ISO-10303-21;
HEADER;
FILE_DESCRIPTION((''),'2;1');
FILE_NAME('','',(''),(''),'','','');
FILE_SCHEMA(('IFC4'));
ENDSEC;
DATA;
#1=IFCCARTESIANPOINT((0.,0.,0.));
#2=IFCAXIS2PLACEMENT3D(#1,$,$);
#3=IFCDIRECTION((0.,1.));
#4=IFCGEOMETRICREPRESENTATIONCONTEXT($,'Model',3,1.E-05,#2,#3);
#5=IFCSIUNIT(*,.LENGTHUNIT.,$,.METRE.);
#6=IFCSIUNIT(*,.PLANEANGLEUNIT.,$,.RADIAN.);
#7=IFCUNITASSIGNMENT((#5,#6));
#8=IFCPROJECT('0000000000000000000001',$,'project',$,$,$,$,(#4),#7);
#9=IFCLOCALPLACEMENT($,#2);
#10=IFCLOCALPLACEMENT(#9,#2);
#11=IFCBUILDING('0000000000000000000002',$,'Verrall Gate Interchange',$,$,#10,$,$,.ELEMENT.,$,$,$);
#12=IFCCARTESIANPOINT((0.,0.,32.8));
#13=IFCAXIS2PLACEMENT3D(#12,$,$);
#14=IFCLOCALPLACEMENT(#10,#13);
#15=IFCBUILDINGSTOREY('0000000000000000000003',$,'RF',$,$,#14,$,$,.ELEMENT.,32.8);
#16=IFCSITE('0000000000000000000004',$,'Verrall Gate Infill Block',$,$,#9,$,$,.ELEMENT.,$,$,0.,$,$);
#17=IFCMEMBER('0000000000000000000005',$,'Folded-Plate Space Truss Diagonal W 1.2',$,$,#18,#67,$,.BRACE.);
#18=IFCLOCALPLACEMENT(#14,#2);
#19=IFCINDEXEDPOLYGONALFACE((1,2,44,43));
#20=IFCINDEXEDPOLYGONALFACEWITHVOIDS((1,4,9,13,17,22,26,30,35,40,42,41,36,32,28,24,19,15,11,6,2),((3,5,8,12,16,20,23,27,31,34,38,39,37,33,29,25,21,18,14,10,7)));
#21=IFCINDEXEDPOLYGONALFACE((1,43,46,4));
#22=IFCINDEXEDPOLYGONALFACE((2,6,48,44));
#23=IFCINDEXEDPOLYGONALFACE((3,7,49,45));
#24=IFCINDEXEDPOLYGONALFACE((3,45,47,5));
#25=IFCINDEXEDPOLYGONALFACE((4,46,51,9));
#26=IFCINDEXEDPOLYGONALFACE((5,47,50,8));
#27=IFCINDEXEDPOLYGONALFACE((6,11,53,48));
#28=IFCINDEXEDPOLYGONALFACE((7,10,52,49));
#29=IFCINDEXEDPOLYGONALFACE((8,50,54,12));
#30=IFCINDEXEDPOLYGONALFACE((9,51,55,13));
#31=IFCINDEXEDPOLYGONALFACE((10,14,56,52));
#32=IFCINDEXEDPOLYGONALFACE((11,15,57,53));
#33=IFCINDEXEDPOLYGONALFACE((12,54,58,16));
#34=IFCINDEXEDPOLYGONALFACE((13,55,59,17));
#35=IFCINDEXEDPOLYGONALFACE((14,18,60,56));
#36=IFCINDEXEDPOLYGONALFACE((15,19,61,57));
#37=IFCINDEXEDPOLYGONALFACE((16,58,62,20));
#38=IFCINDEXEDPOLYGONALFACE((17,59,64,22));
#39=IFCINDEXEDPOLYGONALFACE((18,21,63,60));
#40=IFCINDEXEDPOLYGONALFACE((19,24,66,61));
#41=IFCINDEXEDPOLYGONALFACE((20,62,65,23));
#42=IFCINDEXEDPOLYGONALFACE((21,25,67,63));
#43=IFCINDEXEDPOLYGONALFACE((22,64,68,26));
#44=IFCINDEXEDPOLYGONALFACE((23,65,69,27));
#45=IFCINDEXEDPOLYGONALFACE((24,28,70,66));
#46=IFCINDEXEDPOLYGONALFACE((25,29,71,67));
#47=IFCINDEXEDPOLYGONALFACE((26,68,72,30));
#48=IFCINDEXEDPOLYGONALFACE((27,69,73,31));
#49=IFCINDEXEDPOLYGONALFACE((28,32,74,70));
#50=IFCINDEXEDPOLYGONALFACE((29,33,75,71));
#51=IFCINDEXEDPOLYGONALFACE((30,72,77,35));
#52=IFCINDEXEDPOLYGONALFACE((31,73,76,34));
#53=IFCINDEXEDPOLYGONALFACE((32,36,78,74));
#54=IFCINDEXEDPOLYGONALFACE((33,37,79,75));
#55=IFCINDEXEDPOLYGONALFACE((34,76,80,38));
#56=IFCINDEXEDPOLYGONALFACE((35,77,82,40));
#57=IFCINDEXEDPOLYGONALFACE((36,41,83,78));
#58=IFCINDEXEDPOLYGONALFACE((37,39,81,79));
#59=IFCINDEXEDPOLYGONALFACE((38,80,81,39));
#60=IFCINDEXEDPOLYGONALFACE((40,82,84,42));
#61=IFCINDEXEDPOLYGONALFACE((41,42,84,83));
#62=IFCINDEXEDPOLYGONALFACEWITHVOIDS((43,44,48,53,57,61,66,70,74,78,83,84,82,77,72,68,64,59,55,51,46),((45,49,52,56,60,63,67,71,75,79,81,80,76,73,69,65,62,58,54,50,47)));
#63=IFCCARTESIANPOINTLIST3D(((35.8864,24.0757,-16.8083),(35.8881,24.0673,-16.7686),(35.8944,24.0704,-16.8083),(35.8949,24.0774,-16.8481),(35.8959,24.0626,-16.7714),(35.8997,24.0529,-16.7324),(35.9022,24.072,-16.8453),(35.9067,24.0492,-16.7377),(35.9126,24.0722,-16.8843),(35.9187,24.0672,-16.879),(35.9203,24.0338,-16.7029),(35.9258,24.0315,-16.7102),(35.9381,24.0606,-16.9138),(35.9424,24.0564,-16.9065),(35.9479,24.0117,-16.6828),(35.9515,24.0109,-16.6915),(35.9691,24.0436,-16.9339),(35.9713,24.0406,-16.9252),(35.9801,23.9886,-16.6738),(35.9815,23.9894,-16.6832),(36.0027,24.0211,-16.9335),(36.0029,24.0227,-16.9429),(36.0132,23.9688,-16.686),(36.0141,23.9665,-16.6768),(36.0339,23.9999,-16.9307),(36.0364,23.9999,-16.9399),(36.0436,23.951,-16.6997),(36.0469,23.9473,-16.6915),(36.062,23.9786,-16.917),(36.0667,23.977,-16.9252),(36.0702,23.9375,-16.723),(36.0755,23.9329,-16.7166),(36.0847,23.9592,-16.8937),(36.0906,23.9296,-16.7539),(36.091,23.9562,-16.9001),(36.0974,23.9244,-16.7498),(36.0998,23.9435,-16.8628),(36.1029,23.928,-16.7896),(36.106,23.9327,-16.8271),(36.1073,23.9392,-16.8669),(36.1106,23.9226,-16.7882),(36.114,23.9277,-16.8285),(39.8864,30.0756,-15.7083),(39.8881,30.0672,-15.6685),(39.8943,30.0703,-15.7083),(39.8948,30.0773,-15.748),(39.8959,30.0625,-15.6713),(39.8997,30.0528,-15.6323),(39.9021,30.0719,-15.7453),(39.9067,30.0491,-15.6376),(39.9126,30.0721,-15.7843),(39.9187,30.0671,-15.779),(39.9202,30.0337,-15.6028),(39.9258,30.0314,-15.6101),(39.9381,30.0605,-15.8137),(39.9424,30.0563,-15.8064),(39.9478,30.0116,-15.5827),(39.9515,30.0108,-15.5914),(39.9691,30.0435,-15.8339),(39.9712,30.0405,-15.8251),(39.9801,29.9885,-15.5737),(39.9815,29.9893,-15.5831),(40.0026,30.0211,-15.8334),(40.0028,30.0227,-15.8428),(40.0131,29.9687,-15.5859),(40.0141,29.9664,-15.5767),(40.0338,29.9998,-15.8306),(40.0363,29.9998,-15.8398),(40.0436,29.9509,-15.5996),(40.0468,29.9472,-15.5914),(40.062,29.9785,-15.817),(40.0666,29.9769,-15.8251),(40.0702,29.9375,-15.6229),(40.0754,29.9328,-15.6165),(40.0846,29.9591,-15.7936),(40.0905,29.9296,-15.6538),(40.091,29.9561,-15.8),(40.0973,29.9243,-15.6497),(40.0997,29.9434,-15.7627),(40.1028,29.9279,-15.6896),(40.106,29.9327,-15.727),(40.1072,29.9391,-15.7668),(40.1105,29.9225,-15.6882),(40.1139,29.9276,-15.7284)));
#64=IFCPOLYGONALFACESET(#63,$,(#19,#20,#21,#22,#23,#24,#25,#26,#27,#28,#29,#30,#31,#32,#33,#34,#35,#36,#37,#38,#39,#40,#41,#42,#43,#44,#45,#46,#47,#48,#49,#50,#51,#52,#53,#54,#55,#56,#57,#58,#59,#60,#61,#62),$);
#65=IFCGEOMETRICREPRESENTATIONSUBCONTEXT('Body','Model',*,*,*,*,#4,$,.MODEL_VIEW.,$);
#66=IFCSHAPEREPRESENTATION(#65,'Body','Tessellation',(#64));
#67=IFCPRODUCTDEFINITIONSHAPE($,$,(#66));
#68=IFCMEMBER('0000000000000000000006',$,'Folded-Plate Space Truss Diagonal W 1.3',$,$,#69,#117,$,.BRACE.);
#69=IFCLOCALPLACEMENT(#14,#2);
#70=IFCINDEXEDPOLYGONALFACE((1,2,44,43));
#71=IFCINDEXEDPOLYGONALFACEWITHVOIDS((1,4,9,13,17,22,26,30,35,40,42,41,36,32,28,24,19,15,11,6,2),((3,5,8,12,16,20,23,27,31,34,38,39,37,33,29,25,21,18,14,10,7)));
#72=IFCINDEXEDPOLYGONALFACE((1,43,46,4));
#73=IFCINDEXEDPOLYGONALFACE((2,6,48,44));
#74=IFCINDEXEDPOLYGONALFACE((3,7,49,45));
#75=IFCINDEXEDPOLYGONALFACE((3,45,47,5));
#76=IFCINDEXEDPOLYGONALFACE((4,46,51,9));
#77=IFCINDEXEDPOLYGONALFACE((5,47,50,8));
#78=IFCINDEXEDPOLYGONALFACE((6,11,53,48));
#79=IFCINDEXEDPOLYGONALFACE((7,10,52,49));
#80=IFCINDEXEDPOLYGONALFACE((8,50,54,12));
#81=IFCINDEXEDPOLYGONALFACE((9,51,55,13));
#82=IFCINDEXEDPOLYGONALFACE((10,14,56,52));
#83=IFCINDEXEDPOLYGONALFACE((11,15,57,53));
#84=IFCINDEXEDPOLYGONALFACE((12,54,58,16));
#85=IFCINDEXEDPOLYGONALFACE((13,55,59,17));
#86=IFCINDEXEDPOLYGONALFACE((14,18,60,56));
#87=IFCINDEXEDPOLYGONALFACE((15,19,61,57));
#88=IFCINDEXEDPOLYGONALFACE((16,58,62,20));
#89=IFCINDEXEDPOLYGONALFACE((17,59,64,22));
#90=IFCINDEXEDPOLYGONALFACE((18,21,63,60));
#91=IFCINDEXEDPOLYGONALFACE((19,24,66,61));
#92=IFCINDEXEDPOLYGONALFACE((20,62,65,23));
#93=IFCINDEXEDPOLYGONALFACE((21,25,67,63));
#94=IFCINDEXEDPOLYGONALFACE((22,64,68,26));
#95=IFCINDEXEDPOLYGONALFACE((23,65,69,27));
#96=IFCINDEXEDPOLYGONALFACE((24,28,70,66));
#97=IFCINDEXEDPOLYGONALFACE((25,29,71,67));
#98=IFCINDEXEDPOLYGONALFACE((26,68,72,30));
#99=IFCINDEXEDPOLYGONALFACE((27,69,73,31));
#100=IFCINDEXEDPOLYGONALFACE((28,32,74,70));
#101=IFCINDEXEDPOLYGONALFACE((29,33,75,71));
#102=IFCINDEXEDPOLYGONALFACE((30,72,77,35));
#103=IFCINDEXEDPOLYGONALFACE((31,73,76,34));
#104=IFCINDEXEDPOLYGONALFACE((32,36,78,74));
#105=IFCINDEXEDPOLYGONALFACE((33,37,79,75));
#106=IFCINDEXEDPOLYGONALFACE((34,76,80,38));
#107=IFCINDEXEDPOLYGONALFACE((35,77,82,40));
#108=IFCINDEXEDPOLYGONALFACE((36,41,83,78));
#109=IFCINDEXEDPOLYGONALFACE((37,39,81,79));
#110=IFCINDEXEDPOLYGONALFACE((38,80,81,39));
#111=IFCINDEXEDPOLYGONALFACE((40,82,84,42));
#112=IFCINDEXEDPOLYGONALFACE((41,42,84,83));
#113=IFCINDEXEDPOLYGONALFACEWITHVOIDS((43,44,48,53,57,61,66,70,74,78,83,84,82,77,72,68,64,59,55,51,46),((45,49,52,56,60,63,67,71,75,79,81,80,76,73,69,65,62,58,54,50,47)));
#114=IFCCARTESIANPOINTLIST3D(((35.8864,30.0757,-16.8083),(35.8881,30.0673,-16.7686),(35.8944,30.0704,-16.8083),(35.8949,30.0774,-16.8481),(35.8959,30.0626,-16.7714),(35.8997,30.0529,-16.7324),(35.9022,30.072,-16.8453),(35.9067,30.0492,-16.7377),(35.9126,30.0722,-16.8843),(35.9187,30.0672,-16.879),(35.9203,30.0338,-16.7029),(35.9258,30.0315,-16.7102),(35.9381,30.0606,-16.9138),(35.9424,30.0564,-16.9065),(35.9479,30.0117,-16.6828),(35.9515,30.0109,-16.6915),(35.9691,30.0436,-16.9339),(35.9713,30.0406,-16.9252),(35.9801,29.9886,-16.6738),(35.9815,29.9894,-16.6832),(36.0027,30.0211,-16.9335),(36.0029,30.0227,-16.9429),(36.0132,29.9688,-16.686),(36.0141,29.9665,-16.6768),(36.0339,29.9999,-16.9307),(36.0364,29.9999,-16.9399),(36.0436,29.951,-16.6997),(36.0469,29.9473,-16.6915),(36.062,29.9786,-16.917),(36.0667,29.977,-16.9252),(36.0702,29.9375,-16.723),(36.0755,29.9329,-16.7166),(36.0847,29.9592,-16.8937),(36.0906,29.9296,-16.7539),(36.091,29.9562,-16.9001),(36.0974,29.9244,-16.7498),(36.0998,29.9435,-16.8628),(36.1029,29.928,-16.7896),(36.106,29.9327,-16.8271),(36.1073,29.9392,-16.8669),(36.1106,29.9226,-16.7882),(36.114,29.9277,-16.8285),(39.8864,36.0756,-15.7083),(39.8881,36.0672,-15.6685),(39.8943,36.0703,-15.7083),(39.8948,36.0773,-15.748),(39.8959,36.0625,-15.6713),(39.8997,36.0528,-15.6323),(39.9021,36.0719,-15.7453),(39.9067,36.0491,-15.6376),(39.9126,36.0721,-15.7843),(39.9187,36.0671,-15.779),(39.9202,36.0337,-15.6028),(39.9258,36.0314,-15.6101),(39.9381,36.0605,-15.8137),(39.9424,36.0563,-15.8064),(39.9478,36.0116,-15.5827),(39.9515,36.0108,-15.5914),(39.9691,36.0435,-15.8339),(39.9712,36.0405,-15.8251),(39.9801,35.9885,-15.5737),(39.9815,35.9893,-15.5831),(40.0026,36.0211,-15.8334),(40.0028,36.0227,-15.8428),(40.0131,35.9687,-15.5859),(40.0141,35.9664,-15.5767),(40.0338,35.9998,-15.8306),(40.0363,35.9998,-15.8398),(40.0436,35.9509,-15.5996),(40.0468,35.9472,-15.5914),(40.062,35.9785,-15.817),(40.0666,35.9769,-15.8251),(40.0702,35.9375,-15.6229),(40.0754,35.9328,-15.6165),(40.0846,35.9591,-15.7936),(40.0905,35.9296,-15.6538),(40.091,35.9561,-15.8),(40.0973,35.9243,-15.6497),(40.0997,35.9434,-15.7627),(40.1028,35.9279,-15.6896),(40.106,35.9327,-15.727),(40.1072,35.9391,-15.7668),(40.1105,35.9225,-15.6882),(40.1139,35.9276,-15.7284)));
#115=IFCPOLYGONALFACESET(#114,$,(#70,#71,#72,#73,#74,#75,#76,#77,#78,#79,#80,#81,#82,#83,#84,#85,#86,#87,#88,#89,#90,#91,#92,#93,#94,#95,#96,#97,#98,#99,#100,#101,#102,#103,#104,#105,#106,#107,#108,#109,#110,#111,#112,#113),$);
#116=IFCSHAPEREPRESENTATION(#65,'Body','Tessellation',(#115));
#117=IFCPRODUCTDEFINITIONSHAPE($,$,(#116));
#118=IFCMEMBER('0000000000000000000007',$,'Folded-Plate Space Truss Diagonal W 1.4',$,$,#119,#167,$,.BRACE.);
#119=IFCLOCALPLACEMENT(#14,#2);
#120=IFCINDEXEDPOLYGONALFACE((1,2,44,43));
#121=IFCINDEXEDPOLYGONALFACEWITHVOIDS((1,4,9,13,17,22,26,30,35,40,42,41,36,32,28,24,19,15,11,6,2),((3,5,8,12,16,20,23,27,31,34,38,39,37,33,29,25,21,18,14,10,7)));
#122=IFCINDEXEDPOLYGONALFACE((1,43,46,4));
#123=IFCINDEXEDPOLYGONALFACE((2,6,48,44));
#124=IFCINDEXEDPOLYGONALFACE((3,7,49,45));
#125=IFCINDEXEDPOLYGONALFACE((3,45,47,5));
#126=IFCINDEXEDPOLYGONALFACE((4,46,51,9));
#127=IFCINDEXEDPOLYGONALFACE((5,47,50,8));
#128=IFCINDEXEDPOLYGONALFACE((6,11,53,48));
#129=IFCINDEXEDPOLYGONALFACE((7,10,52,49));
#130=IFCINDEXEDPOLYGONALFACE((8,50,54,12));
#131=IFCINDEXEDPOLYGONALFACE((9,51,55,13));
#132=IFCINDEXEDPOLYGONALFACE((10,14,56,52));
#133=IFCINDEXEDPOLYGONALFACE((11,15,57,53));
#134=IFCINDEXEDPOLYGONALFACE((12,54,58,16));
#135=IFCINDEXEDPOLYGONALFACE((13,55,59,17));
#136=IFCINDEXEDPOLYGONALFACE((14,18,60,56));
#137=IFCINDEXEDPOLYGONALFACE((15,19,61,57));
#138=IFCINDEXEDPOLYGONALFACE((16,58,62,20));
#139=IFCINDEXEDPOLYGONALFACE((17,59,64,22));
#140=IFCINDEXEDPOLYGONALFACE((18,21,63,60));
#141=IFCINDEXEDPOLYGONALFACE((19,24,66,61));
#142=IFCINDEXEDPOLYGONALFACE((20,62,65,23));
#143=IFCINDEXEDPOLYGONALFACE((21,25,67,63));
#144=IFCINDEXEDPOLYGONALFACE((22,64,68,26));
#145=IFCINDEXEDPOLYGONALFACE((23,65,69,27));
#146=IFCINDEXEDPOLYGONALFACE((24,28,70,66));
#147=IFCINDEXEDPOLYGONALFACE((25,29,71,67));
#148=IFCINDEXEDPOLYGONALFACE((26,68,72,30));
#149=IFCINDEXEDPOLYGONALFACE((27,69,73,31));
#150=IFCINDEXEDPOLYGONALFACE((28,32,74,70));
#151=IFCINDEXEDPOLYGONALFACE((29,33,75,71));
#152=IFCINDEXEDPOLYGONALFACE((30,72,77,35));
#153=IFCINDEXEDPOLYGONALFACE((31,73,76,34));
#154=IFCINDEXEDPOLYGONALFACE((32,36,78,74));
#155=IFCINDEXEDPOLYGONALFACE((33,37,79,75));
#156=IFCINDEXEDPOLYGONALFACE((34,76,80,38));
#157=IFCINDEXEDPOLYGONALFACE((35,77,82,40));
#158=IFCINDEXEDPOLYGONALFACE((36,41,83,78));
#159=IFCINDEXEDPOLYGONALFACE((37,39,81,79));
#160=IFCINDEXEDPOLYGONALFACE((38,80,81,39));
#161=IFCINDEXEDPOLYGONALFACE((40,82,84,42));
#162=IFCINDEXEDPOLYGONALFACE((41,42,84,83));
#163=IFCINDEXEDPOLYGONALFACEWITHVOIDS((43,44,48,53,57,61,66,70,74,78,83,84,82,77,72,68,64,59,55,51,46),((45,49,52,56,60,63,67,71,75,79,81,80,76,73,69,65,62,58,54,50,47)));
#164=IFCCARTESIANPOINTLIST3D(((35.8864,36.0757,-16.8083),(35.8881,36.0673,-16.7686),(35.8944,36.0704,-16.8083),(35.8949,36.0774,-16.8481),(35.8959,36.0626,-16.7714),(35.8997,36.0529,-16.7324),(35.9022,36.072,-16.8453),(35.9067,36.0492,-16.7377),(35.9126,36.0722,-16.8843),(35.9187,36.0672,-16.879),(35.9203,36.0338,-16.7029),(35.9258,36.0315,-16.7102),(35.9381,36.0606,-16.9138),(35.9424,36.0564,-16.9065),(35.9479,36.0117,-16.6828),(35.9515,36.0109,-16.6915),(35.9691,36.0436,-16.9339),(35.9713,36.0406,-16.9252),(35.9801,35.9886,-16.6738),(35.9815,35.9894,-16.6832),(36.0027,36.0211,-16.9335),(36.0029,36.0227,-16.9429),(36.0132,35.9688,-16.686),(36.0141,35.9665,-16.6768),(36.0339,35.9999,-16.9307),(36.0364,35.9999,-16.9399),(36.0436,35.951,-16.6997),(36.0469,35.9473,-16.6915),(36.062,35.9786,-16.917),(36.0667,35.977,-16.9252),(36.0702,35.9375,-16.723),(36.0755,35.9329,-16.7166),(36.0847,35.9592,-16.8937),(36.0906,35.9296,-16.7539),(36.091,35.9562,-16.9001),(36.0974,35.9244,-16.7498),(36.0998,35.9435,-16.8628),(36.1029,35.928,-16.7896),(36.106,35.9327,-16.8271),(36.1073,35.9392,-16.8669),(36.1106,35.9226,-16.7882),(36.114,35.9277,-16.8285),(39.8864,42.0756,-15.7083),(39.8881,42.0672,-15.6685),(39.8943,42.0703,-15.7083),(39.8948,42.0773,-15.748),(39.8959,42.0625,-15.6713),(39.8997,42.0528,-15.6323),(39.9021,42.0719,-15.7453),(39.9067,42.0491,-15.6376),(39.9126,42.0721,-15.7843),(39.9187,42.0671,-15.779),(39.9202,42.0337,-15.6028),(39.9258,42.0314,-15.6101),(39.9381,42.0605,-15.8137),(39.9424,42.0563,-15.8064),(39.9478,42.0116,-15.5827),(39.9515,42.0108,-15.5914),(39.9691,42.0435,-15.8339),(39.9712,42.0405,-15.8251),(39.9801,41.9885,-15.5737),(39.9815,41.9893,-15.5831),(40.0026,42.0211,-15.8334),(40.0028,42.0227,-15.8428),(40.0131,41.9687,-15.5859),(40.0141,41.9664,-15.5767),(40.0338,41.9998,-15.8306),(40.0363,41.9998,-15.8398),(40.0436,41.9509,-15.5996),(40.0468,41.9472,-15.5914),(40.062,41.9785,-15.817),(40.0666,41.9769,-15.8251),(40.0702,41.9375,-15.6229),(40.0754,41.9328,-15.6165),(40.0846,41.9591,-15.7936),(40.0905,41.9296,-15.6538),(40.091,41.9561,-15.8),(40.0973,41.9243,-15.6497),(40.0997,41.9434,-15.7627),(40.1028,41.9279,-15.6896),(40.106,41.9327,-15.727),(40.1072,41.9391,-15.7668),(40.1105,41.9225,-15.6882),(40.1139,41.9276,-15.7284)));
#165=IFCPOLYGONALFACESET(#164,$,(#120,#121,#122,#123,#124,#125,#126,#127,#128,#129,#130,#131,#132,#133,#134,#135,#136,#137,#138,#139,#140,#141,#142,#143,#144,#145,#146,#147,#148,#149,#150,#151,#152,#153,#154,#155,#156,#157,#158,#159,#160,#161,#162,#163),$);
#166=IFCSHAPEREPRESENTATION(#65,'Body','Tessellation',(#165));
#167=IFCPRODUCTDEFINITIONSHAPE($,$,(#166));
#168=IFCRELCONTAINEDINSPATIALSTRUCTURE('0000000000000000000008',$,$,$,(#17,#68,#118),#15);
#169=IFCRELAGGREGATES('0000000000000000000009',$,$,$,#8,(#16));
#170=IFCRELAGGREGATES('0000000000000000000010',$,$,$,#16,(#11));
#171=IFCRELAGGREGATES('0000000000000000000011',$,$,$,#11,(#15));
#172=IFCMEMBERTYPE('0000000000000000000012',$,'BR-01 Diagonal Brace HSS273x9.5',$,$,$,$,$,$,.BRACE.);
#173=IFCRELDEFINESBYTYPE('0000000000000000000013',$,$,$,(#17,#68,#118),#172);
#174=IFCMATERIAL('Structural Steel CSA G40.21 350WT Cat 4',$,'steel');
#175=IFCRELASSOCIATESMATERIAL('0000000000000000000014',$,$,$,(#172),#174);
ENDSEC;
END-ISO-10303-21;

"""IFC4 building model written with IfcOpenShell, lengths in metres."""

from ifc_helpers import new_model, si_unit, direction, frame, origin, origin_2d, place, context, subcontext, project, spatial, hollow_circle, extrude, material, material_profile, profile_set, type_object, element, save


model = new_model("IFC4")

# Units and contexts
model_context = context("Model", 3, precision=1e-05, world=origin(), true_north=direction((0.0, 1.0)))
body_context = subcontext(model_context, "Body", "Model", "MODEL_VIEW")
ifc_project = project(units=[si_unit("LENGTHUNIT", "METRE"), si_unit("PLANEANGLEUNIT", "RADIAN")], contexts=[model_context])

# Site, building, storey
site_placement = place(None, origin())
site = spatial("IfcSite", under=ifc_project, at=site_placement, Name="Verrall Gate Infill Block", CompositionType="ELEMENT", RefElevation=0.0)
building_placement = place(site_placement, origin())
building = spatial("IfcBuilding", under=site, at=building_placement, Name="Verrall Gate Interchange", CompositionType="ELEMENT")
storey_placement = place(building_placement, frame((0.0, 0.0, 32.8)))
storey = spatial("IfcBuildingStorey", under=building, at=storey_placement, Name="RF", CompositionType="ELEMENT", Elevation=32.8)

# Members
ifc_material_1 = material(Name="Structural Steel CSA G40.21 350WT Cat 4", Category="steel")
ifc_material_profile_1 = material_profile(ifc_material_1, hollow_circle(Radius=0.1365, WallThickness=0.0095, at=origin_2d()), Name="HSS273x9.5")
ifc_profile_set_1 = profile_set([ifc_material_profile_1], Name="Structural Steel CSA G40.21 350WT Cat 4")
member_type_1 = type_object("IfcMemberType", Name="BR-01 Diagonal Brace HSS273x9.5", PredefinedType="BRACE", material=ifc_profile_set_1)
for number, where, z_axis, x_axis, name in (
    (1, (36.0, 24.0, -16.8083), (0.548356, 0.822534, 0.150811), (-0.83205, 0.5547, 0.0), "Folded-Plate Space Truss Diagonal W 1.2"),
    (2, (36.0, 30.0, -16.8083), (0.548356, 0.822534, 0.150811), (-0.83205, 0.5547, 0.0), "Folded-Plate Space Truss Diagonal W 1.3"),
    (3, (36.0, 36.0, -16.8083), (0.548356, 0.822534, 0.150811), (-0.83205, 0.5547, 0.0), "Folded-Plate Space Truss Diagonal W 1.4"),
):
    element("IfcMember", number, at=place(storey_placement, frame(where, z_axis=z_axis, x_axis=x_axis)), inside=storey, type_object=member_type_1, Name=name, PredefinedType="BRACE", context=body_context, shape_type="SweptSolid", body=[
        extrude(hollow_circle(Radius=0.1365, WallThickness=0.0095, at=origin_2d()), origin(), (0.0, 0.0, 1.0), 7.2944),
    ])

save(model, "model.ifc")
